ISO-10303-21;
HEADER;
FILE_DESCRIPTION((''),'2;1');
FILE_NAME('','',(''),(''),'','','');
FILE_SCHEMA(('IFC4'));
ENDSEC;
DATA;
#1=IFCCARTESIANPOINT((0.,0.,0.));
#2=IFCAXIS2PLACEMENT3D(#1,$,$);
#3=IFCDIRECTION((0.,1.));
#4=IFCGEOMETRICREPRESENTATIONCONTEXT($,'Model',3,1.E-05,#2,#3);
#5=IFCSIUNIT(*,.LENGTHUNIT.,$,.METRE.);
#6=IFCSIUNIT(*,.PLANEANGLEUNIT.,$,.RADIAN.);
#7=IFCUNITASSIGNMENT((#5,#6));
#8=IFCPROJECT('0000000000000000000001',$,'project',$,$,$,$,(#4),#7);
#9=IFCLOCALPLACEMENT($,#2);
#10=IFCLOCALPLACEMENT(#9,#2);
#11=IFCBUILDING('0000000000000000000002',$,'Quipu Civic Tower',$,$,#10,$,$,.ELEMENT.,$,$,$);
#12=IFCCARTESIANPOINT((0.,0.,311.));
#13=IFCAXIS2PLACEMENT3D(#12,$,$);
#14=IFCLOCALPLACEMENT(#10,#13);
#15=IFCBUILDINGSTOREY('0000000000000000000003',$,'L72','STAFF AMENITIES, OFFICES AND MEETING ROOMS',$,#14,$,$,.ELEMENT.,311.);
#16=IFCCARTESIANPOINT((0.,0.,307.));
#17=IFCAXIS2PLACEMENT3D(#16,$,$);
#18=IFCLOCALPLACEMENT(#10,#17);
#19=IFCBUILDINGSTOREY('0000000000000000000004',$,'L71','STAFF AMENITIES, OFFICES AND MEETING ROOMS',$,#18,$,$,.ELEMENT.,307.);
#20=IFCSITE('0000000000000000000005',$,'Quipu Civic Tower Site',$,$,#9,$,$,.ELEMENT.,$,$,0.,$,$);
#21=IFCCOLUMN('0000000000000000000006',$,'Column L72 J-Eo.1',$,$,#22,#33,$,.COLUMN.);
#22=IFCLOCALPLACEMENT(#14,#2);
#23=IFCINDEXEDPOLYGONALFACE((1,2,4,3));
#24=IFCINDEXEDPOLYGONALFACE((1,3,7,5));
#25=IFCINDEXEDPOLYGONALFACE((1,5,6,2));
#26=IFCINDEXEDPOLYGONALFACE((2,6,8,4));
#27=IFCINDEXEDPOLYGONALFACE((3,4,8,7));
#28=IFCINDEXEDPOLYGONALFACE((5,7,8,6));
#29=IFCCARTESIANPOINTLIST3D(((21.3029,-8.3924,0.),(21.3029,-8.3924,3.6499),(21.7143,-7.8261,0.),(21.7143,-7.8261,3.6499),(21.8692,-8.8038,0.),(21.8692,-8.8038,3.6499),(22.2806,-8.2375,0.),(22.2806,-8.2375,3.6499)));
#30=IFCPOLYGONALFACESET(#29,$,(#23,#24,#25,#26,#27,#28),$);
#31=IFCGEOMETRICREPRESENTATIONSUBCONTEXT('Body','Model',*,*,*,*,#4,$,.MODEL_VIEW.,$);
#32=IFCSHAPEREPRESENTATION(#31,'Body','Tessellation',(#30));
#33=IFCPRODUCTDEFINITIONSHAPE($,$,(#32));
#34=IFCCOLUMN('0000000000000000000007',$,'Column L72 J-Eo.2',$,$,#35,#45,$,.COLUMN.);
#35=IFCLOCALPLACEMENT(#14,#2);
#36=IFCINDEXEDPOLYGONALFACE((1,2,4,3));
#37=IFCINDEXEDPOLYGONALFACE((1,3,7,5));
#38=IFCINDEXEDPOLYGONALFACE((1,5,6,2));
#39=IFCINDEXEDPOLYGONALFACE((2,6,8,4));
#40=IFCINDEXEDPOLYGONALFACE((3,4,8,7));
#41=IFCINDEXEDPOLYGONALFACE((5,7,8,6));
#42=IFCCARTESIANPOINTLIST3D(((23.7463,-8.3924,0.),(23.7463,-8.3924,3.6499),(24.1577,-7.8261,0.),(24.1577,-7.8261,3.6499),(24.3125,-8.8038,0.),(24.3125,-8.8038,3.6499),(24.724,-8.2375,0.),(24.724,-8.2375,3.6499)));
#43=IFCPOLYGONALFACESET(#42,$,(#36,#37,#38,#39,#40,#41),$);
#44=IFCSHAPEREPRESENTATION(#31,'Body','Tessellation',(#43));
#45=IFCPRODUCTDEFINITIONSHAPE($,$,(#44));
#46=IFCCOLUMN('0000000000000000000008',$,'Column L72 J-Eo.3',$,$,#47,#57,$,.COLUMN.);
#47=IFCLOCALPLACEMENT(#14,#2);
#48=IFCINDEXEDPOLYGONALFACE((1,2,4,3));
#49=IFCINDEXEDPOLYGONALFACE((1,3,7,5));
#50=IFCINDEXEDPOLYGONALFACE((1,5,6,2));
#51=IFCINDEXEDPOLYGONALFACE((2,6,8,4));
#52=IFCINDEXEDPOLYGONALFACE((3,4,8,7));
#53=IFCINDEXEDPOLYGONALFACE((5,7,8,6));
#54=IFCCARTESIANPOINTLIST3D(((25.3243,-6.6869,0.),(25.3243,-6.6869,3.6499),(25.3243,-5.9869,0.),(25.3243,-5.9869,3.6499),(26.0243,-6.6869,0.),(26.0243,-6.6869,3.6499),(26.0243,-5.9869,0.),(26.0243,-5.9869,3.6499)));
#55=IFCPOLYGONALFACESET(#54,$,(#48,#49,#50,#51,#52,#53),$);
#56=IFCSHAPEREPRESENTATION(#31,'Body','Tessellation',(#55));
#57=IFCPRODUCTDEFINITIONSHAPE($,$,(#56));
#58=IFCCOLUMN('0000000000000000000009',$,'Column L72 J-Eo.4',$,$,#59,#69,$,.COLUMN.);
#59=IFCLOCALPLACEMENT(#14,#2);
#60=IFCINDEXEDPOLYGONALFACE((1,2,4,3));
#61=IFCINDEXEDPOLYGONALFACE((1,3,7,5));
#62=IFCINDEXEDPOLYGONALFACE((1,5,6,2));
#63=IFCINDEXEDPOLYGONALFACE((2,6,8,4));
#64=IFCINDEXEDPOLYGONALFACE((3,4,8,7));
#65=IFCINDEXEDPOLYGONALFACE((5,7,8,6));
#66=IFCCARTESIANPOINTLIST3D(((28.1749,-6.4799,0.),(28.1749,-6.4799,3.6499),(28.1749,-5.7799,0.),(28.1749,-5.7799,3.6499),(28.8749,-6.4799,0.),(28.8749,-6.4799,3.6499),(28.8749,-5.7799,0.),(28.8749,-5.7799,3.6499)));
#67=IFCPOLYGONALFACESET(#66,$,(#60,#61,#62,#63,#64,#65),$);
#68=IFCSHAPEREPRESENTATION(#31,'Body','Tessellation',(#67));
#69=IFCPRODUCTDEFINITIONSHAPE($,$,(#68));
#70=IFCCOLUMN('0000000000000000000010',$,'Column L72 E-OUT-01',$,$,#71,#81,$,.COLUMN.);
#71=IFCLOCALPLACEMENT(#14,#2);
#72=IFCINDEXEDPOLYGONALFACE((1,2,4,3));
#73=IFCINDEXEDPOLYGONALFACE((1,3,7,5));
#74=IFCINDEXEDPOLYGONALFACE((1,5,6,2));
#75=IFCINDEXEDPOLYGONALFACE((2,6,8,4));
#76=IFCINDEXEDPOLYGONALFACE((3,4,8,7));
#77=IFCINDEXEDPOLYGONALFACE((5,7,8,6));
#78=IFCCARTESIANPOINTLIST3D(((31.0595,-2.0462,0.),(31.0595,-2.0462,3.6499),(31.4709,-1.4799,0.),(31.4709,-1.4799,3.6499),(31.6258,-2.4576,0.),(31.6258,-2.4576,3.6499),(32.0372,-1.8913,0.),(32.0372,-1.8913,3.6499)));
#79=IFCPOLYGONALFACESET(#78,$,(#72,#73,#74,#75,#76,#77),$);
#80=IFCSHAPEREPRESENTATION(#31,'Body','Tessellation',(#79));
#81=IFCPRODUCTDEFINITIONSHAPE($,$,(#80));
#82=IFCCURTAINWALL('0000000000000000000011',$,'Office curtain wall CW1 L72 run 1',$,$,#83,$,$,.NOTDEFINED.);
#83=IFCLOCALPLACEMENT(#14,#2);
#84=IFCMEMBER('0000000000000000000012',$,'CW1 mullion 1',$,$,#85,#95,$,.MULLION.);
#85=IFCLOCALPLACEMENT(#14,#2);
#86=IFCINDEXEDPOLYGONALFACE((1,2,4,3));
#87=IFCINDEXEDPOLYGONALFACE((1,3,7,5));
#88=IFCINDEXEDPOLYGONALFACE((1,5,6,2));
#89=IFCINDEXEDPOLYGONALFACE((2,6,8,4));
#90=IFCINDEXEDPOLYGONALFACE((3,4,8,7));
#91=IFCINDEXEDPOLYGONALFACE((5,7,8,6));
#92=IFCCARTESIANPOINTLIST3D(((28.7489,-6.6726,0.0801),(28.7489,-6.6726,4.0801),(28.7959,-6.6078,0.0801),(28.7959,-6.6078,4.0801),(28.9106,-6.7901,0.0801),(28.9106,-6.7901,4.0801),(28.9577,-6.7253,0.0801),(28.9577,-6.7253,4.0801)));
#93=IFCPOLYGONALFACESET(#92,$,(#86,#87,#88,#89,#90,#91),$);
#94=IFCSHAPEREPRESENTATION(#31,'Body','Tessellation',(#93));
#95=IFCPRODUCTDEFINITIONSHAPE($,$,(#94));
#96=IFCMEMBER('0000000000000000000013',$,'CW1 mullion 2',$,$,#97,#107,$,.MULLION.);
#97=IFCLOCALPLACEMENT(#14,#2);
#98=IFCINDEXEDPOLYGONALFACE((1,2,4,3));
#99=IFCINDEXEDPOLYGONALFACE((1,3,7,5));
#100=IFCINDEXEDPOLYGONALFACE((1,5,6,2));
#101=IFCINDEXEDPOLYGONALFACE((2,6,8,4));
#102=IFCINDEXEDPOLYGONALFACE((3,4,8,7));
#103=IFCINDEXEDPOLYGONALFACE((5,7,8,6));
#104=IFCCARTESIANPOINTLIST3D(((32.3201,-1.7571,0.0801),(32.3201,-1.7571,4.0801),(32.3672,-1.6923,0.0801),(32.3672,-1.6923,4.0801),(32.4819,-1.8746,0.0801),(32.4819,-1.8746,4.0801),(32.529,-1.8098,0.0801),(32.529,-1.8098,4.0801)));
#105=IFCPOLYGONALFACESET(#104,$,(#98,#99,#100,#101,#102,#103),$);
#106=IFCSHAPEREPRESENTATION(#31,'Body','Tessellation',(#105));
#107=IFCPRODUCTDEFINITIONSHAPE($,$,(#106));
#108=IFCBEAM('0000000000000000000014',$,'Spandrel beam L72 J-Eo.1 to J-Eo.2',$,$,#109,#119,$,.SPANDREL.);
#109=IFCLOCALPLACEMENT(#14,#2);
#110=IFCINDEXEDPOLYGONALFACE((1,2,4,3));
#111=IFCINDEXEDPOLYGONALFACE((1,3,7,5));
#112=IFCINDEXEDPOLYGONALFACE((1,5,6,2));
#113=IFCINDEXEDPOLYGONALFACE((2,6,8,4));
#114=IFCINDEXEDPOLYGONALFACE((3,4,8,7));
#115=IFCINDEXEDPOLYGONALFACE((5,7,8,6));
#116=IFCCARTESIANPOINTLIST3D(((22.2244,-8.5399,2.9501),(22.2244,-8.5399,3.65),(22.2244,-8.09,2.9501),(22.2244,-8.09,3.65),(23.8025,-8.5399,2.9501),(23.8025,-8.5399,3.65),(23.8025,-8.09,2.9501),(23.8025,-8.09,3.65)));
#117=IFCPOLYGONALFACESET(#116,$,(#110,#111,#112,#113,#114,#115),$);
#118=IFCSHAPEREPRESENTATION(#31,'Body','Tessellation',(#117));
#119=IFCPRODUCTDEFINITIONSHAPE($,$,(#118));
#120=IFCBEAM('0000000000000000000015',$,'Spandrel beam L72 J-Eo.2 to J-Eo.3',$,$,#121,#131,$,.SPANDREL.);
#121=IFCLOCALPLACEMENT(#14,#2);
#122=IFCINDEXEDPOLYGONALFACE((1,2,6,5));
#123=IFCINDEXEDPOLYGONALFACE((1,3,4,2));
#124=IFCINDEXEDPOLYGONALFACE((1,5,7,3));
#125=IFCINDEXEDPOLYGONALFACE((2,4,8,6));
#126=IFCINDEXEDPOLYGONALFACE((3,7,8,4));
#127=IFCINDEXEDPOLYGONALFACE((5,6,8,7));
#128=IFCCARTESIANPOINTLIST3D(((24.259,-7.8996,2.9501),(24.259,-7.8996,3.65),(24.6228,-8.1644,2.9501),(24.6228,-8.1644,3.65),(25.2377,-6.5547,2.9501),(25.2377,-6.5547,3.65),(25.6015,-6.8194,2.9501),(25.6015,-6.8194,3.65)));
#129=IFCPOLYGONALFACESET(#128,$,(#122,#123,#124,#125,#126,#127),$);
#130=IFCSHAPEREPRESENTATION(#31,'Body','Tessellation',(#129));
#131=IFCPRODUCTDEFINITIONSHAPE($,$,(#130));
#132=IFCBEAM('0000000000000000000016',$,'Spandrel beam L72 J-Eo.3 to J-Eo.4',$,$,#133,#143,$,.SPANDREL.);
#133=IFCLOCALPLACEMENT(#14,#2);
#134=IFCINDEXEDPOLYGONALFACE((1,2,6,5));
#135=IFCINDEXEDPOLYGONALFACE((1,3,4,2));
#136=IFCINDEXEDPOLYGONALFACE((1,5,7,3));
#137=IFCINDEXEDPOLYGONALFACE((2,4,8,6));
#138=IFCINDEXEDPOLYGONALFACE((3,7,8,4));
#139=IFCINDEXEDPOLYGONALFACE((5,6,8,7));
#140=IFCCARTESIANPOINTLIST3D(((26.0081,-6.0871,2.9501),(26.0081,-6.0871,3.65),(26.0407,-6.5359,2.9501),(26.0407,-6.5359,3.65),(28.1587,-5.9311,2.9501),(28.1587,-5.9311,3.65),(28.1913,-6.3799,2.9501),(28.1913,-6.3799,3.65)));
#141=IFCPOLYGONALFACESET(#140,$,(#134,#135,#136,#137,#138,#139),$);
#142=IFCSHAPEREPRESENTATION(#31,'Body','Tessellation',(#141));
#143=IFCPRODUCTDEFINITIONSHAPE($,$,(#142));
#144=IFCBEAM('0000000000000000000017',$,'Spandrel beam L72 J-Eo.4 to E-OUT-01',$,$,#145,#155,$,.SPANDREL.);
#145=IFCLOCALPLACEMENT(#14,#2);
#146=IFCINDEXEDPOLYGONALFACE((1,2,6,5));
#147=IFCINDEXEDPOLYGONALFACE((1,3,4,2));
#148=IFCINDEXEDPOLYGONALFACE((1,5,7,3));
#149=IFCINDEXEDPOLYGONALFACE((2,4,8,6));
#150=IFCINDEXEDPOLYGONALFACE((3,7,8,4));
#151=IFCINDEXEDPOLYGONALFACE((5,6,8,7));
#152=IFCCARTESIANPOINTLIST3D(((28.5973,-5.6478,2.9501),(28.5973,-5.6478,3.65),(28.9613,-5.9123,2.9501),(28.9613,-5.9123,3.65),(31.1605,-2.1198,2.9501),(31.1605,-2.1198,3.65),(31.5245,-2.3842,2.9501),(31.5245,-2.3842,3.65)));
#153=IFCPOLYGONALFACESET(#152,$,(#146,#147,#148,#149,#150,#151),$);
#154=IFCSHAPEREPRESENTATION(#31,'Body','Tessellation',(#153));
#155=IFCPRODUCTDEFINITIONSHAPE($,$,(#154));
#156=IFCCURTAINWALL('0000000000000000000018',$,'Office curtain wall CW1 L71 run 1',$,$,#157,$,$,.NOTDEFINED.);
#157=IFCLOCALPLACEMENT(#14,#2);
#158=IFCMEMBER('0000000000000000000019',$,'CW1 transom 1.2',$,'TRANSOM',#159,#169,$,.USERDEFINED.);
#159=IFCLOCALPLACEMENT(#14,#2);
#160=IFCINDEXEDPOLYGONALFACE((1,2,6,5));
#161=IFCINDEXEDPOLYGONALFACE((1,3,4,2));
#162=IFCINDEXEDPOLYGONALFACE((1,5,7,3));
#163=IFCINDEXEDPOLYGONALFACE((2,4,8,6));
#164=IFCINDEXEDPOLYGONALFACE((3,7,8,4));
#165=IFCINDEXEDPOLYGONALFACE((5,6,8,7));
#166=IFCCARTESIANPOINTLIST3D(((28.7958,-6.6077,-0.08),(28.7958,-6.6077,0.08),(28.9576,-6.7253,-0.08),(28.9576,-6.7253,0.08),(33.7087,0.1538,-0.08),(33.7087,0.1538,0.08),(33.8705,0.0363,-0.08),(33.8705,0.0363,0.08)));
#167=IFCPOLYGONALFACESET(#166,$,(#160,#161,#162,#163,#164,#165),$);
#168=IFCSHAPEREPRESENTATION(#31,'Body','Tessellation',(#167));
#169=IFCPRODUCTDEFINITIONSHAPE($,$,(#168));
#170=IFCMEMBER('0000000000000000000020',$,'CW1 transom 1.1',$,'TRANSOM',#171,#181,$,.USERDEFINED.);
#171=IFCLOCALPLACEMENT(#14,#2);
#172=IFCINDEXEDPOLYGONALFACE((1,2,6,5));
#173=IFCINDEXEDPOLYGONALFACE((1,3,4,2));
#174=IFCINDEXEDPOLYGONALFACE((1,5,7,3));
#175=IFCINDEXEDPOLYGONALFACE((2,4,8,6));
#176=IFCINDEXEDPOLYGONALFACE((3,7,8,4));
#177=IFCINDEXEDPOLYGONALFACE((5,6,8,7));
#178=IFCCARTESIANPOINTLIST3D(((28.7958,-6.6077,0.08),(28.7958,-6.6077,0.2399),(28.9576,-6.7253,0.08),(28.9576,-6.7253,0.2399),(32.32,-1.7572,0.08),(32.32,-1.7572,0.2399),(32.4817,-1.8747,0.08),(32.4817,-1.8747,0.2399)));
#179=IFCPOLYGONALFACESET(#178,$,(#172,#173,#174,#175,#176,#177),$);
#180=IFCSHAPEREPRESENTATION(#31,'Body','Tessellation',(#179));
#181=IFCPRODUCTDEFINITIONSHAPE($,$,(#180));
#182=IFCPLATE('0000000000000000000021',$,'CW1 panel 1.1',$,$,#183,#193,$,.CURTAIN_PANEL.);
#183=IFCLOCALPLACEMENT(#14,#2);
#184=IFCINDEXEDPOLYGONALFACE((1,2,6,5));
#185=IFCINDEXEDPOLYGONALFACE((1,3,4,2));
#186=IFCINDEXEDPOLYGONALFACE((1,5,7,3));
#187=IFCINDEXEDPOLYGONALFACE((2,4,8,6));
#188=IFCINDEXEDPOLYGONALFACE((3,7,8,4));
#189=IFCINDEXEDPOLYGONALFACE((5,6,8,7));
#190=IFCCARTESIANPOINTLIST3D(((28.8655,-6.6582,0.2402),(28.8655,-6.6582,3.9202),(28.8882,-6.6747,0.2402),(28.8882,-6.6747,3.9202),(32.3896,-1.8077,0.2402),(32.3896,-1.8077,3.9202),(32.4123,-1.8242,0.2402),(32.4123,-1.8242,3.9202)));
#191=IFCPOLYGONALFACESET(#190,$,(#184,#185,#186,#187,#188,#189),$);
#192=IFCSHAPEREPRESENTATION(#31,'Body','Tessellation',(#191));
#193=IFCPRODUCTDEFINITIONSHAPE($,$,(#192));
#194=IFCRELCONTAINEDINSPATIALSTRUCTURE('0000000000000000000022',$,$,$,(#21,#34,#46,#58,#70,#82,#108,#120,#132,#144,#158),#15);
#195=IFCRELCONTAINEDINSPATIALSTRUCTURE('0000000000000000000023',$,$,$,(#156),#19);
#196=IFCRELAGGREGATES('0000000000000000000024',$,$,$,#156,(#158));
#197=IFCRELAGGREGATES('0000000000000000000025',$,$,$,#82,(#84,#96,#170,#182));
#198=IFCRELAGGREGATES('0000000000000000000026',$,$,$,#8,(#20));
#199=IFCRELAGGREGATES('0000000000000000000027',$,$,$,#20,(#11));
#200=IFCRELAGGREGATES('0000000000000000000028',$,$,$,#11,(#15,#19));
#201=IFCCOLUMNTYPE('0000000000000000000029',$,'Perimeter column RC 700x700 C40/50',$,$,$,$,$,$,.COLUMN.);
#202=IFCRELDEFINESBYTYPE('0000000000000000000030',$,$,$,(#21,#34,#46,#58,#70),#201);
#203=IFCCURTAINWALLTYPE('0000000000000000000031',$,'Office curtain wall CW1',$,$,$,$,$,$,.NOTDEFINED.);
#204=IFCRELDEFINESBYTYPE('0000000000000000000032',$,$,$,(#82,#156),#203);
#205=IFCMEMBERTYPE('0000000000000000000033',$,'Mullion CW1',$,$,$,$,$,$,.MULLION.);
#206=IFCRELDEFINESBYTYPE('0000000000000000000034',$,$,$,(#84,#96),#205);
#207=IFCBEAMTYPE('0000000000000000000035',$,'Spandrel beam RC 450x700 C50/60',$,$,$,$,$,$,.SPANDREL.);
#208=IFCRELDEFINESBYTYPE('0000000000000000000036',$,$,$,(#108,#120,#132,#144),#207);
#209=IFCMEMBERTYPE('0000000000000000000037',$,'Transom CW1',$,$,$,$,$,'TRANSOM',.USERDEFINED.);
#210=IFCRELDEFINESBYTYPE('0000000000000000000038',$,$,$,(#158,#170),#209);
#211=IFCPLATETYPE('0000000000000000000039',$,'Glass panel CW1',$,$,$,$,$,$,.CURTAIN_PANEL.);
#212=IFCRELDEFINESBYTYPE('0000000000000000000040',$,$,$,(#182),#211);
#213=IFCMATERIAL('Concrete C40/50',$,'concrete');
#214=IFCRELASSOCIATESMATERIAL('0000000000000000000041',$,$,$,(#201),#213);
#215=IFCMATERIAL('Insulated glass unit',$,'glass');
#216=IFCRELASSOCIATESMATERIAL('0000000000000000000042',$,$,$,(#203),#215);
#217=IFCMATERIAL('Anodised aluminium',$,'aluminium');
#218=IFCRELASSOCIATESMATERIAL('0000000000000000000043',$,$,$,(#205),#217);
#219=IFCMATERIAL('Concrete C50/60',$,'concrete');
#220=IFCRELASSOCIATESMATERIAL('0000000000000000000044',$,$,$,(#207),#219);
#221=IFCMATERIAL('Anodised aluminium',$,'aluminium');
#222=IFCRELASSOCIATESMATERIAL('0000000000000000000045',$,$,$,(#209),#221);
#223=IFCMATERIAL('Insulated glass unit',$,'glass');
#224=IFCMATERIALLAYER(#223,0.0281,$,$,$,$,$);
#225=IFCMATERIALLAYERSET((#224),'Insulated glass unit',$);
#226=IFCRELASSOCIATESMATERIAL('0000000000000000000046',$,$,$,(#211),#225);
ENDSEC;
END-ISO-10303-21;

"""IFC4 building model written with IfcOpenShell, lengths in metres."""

from ifc_helpers import new_model, si_unit, direction, frame, origin, origin_2d, place, context, subcontext, project, spatial, rectangle, extrude, material, layer, layer_set, material_profile, profile_set, type_object, element, aggregate, save


model = new_model("IFC4")

# Units and contexts
model_context = context("Model", 3, precision=1e-05, world=origin(), true_north=direction((0.0, 1.0)))
body_context = subcontext(model_context, "Body", "Model", "MODEL_VIEW")
ifc_project = project(units=[si_unit("LENGTHUNIT", "METRE"), si_unit("PLANEANGLEUNIT", "RADIAN")], contexts=[model_context])

# Site, building, storey
site_placement = place(None, origin())
site = spatial("IfcSite", under=ifc_project, at=site_placement, Name="Quipu Civic Tower Site", CompositionType="ELEMENT", RefElevation=0.0)
building_placement = place(site_placement, origin())
building = spatial("IfcBuilding", under=site, at=building_placement, Name="Quipu Civic Tower", CompositionType="ELEMENT")
storey_1_placement = place(building_placement, frame((0.0, 0.0, 311.0)))
storey_1 = spatial("IfcBuildingStorey", under=building, at=storey_1_placement, Name="L72", Description="STAFF AMENITIES, OFFICES AND MEETING ROOMS", CompositionType="ELEMENT", Elevation=311.0)

# Columns
ifc_material_1 = material(Name="Concrete C40/50", Category="concrete")
ifc_material_profile_1 = material_profile(ifc_material_1, rectangle(XDim=0.7, YDim=0.7, at=origin_2d()), Name="RC700x700")
ifc_profile_set_1 = profile_set([ifc_material_profile_1], Name="Concrete C40/50")
column_type = type_object("IfcColumnType", Name="Perimeter column RC 700x700 C40/50", PredefinedType="COLUMN", material=ifc_profile_set_1)
for number, where, z_axis, x_axis, name in (
    (1, (21.7917, -8.3149, 0.0), (0.0, 0.0, 1.0), (0.587785, 0.809017, 0.0), "Column L72 J-Eo.1"),
    (2, (24.2351, -8.3149, 0.0), (0.0, 0.0, 1.0), (0.587785, 0.809017, 0.0), "Column L72 J-Eo.2"),
    (3, (25.6743, -6.3369, 0.0), (0.0, 0.0, 1.0), (1.0, 0.0, 0.0), "Column L72 J-Eo.3"),
    (4, (28.5249, -6.1299, 0.0), (0.0, 0.0, 1.0), (1.0, 0.0, 0.0), "Column L72 J-Eo.4"),
    (5, (31.5483, -1.9688, 0.0), (0.0, 0.0, 1.0), (0.587785, 0.809017, 0.0), "Column L72 E-OUT-01"),
):
    element("IfcColumn", number, at=place(storey_1_placement, frame(where, z_axis=z_axis, x_axis=x_axis)), inside=storey_1, type_object=column_type, Name=name, PredefinedType="COLUMN", context=body_context, shape_type="SweptSolid", body=[
        extrude(rectangle(XDim=0.7, YDim=0.7, at=origin_2d()), origin(), (0.0, 0.0, 1.0), 3.6499),
    ])

# Curtain wall, members
ifc_material_2 = material(Name="Insulated glass unit", Category="glass")
curtain_wall_type = type_object("IfcCurtainWallType", Name="Office curtain wall CW1", PredefinedType="NOTDEFINED", material=ifc_material_2)
curtain_wall_1_placement = place(storey_1_placement, origin())
curtain_wall_1 = element("IfcCurtainWall", 6, at=curtain_wall_1_placement, inside=storey_1, type_object=curtain_wall_type, Name="Office curtain wall CW1 L72 run 1", PredefinedType="NOTDEFINED")
ifc_material_3 = material(Name="Anodised aluminium", Category="aluminium")
ifc_material_profile_2 = material_profile(ifc_material_3, rectangle(XDim=0.2, YDim=0.0801, at=origin_2d()), Name="RECT 200x80")
ifc_profile_set_2 = profile_set([ifc_material_profile_2], Name="Anodised aluminium")
member_type_1 = type_object("IfcMemberType", Name="Mullion CW1", PredefinedType="MULLION", material=ifc_profile_set_2)
member_1_placement = place(storey_1_placement, frame((28.8533, -6.699, 0.0801), z_axis=(0.0, 0.0, 1.0), x_axis=(-0.809021, 0.587779, 0.0)))
member_1 = element("IfcMember", 7, at=member_1_placement, type_object=member_type_1, Name="CW1 mullion 1", PredefinedType="MULLION", context=body_context, shape_type="SweptSolid", body=[
    extrude(rectangle(XDim=0.2, YDim=0.0801, at=origin_2d()), origin(), (0.0, 0.0, 1.0), 4.0),
])
member_2_placement = place(storey_1_placement, frame((32.4246, -1.7834, 0.0801), z_axis=(0.0, 0.0, 1.0), x_axis=(-0.809021, 0.587779, 0.0)))
member_2 = element("IfcMember", 8, at=member_2_placement, type_object=member_type_1, Name="CW1 mullion 2", PredefinedType="MULLION", context=body_context, shape_type="SweptSolid", body=[
    extrude(rectangle(XDim=0.2, YDim=0.0801, at=origin_2d()), origin(), (0.0, 0.0, 1.0), 4.0),
])

# Beams
ifc_material_4 = material(Name="Concrete C50/60", Category="concrete")
ifc_material_profile_3 = material_profile(ifc_material_4, rectangle(XDim=0.45, YDim=0.7, at=origin_2d()), Name="RC450x700")
ifc_profile_set_3 = profile_set([ifc_material_profile_3], Name="Concrete C50/60")
beam_type = type_object("IfcBeamType", Name="Spandrel beam RC 450x700 C50/60", PredefinedType="SPANDREL", material=ifc_profile_set_3)
beam_1_placement = place(storey_1_placement, frame((22.2244, -8.3149, 3.3), z_axis=(1.0, 0.0, 0.0), x_axis=(0.0, 1.0, 0.0)))
element("IfcBeam", 9, at=beam_1_placement, inside=storey_1, type_object=beam_type, Name="Spandrel beam L72 J-Eo.1 to J-Eo.2", PredefinedType="SPANDREL", context=body_context, shape_type="SweptSolid", body=[
    extrude(rectangle(XDim=0.45, YDim=0.7, at=origin_2d()), origin(), (0.0, 0.0, 1.0), 1.5781),
])
beam_2_placement = place(storey_1_placement, frame((24.4409, -8.032, 3.3), z_axis=(0.588407, 0.808565, 0.0), x_axis=(-0.808565, 0.588407, 0.0)))
element("IfcBeam", 10, at=beam_2_placement, inside=storey_1, type_object=beam_type, Name="Spandrel beam L72 J-Eo.2 to J-Eo.3", PredefinedType="SPANDREL", context=body_context, shape_type="SweptSolid", body=[
    extrude(rectangle(XDim=0.45, YDim=0.7, at=origin_2d()), origin(), (0.0, 0.0, 1.0), 1.6633),
])
beam_3_placement = place(storey_1_placement, frame((26.0244, -6.3115, 3.3), z_axis=(0.997379, 0.072349, 0.0), x_axis=(-0.072349, 0.997379, 0.0)))
element("IfcBeam", 11, at=beam_3_placement, inside=storey_1, type_object=beam_type, Name="Spandrel beam L72 J-Eo.3 to J-Eo.4", PredefinedType="SPANDREL", context=body_context, shape_type="SweptSolid", body=[
    extrude(rectangle(XDim=0.45, YDim=0.7, at=origin_2d()), origin(), (0.0, 0.0, 1.0), 2.1562),
])
beam_4_placement = place(storey_1_placement, frame((28.7793, -5.78, 3.3), z_axis=(0.587776, 0.809024, 0.0), x_axis=(-0.809024, 0.587776, 0.0)))
element("IfcBeam", 12, at=beam_4_placement, inside=storey_1, type_object=beam_type, Name="Spandrel beam L72 J-Eo.4 to E-OUT-01", PredefinedType="SPANDREL", context=body_context, shape_type="SweptSolid", body=[
    extrude(rectangle(XDim=0.45, YDim=0.7, at=origin_2d()), origin(), (0.0, 0.0, 1.0), 4.3608),
])

# Shared definitions
storey_2_placement = place(building_placement, frame((0.0, 0.0, 307.0)))
storey_2 = spatial("IfcBuildingStorey", under=building, at=storey_2_placement, Name="L71", Description="STAFF AMENITIES, OFFICES AND MEETING ROOMS", CompositionType="ELEMENT", Elevation=307.0)

# Curtain wall, member
curtain_wall_2_placement = place(storey_2_placement, origin())
curtain_wall_2 = element("IfcCurtainWall", 13, at=curtain_wall_2_placement, inside=storey_2, type_object=curtain_wall_type, Name="Office curtain wall CW1 L71 run 1", PredefinedType="NOTDEFINED")
ifc_material_5 = material(Name="Anodised aluminium", Category="aluminium")
ifc_material_profile_4 = material_profile(ifc_material_5, rectangle(XDim=0.2, YDim=0.1599, at=origin_2d()), Name="RECT 200x160")
ifc_profile_set_4 = profile_set([ifc_material_profile_4], Name="Anodised aluminium")
member_type_2 = type_object("IfcMemberType", Name="Transom CW1", ElementType="TRANSOM", PredefinedType="USERDEFINED", material=ifc_profile_set_4)
member_3_placement = place(storey_1_placement, frame((28.8767, -6.6665, 0.0), z_axis=(0.587812, 0.808997, 0.0), x_axis=(-0.808997, 0.587812, 0.0)))
member_3 = element("IfcMember", 14, at=member_3_placement, inside=storey_1, type_object=member_type_2, Name="CW1 transom 1.2", ObjectType="TRANSOM", PredefinedType="USERDEFINED", context=body_context, shape_type="SweptSolid", body=[
    extrude(rectangle(XDim=0.2, YDim=0.1599, at=origin_2d()), origin(), (0.0, 0.0, 1.0), 8.3579),
])
aggregate(curtain_wall_2, [member_3])

# Member
member_4_placement = place(storey_1_placement, frame((28.8767, -6.6665, 0.1599), z_axis=(0.587787, 0.809016, 0.0), x_axis=(-0.809016, 0.587787, 0.0)))
member_4 = element("IfcMember", 15, at=member_4_placement, type_object=member_type_2, Name="CW1 transom 1.1", ObjectType="TRANSOM", PredefinedType="USERDEFINED", context=body_context, shape_type="SweptSolid", body=[
    extrude(rectangle(XDim=0.2, YDim=0.1599, at=origin_2d()), origin(), (0.0, 0.0, 1.0), 5.9956),
])

# Plate
ifc_material_6 = material(Name="Insulated glass unit", Category="glass")
ifc_layer = layer(ifc_material_6, 0.0281)
ifc_layer_set = layer_set([ifc_layer], Name="Insulated glass unit")
plate_type_1 = type_object("IfcPlateType", Name="Glass panel CW1", PredefinedType="CURTAIN_PANEL", material=ifc_layer_set)
plate_placement = place(storey_1_placement, frame((30.6389, -4.2412, 0.2402), z_axis=(0.0, 0.0, 1.0), x_axis=(0.587779, 0.809021, 0.0)))
plate = element("IfcPlate", 16, at=plate_placement, type_object=plate_type_1, Name="CW1 panel 1.1", PredefinedType="CURTAIN_PANEL", context=body_context, shape_type="SweptSolid", body=[
    extrude(rectangle(XDim=5.9956, YDim=0.0281, at=origin_2d()), origin(), (0.0, 0.0, 1.0), 3.6799),
])
aggregate(curtain_wall_1, [member_1, member_2, member_4, plate])

save(model, "model.ifc")
